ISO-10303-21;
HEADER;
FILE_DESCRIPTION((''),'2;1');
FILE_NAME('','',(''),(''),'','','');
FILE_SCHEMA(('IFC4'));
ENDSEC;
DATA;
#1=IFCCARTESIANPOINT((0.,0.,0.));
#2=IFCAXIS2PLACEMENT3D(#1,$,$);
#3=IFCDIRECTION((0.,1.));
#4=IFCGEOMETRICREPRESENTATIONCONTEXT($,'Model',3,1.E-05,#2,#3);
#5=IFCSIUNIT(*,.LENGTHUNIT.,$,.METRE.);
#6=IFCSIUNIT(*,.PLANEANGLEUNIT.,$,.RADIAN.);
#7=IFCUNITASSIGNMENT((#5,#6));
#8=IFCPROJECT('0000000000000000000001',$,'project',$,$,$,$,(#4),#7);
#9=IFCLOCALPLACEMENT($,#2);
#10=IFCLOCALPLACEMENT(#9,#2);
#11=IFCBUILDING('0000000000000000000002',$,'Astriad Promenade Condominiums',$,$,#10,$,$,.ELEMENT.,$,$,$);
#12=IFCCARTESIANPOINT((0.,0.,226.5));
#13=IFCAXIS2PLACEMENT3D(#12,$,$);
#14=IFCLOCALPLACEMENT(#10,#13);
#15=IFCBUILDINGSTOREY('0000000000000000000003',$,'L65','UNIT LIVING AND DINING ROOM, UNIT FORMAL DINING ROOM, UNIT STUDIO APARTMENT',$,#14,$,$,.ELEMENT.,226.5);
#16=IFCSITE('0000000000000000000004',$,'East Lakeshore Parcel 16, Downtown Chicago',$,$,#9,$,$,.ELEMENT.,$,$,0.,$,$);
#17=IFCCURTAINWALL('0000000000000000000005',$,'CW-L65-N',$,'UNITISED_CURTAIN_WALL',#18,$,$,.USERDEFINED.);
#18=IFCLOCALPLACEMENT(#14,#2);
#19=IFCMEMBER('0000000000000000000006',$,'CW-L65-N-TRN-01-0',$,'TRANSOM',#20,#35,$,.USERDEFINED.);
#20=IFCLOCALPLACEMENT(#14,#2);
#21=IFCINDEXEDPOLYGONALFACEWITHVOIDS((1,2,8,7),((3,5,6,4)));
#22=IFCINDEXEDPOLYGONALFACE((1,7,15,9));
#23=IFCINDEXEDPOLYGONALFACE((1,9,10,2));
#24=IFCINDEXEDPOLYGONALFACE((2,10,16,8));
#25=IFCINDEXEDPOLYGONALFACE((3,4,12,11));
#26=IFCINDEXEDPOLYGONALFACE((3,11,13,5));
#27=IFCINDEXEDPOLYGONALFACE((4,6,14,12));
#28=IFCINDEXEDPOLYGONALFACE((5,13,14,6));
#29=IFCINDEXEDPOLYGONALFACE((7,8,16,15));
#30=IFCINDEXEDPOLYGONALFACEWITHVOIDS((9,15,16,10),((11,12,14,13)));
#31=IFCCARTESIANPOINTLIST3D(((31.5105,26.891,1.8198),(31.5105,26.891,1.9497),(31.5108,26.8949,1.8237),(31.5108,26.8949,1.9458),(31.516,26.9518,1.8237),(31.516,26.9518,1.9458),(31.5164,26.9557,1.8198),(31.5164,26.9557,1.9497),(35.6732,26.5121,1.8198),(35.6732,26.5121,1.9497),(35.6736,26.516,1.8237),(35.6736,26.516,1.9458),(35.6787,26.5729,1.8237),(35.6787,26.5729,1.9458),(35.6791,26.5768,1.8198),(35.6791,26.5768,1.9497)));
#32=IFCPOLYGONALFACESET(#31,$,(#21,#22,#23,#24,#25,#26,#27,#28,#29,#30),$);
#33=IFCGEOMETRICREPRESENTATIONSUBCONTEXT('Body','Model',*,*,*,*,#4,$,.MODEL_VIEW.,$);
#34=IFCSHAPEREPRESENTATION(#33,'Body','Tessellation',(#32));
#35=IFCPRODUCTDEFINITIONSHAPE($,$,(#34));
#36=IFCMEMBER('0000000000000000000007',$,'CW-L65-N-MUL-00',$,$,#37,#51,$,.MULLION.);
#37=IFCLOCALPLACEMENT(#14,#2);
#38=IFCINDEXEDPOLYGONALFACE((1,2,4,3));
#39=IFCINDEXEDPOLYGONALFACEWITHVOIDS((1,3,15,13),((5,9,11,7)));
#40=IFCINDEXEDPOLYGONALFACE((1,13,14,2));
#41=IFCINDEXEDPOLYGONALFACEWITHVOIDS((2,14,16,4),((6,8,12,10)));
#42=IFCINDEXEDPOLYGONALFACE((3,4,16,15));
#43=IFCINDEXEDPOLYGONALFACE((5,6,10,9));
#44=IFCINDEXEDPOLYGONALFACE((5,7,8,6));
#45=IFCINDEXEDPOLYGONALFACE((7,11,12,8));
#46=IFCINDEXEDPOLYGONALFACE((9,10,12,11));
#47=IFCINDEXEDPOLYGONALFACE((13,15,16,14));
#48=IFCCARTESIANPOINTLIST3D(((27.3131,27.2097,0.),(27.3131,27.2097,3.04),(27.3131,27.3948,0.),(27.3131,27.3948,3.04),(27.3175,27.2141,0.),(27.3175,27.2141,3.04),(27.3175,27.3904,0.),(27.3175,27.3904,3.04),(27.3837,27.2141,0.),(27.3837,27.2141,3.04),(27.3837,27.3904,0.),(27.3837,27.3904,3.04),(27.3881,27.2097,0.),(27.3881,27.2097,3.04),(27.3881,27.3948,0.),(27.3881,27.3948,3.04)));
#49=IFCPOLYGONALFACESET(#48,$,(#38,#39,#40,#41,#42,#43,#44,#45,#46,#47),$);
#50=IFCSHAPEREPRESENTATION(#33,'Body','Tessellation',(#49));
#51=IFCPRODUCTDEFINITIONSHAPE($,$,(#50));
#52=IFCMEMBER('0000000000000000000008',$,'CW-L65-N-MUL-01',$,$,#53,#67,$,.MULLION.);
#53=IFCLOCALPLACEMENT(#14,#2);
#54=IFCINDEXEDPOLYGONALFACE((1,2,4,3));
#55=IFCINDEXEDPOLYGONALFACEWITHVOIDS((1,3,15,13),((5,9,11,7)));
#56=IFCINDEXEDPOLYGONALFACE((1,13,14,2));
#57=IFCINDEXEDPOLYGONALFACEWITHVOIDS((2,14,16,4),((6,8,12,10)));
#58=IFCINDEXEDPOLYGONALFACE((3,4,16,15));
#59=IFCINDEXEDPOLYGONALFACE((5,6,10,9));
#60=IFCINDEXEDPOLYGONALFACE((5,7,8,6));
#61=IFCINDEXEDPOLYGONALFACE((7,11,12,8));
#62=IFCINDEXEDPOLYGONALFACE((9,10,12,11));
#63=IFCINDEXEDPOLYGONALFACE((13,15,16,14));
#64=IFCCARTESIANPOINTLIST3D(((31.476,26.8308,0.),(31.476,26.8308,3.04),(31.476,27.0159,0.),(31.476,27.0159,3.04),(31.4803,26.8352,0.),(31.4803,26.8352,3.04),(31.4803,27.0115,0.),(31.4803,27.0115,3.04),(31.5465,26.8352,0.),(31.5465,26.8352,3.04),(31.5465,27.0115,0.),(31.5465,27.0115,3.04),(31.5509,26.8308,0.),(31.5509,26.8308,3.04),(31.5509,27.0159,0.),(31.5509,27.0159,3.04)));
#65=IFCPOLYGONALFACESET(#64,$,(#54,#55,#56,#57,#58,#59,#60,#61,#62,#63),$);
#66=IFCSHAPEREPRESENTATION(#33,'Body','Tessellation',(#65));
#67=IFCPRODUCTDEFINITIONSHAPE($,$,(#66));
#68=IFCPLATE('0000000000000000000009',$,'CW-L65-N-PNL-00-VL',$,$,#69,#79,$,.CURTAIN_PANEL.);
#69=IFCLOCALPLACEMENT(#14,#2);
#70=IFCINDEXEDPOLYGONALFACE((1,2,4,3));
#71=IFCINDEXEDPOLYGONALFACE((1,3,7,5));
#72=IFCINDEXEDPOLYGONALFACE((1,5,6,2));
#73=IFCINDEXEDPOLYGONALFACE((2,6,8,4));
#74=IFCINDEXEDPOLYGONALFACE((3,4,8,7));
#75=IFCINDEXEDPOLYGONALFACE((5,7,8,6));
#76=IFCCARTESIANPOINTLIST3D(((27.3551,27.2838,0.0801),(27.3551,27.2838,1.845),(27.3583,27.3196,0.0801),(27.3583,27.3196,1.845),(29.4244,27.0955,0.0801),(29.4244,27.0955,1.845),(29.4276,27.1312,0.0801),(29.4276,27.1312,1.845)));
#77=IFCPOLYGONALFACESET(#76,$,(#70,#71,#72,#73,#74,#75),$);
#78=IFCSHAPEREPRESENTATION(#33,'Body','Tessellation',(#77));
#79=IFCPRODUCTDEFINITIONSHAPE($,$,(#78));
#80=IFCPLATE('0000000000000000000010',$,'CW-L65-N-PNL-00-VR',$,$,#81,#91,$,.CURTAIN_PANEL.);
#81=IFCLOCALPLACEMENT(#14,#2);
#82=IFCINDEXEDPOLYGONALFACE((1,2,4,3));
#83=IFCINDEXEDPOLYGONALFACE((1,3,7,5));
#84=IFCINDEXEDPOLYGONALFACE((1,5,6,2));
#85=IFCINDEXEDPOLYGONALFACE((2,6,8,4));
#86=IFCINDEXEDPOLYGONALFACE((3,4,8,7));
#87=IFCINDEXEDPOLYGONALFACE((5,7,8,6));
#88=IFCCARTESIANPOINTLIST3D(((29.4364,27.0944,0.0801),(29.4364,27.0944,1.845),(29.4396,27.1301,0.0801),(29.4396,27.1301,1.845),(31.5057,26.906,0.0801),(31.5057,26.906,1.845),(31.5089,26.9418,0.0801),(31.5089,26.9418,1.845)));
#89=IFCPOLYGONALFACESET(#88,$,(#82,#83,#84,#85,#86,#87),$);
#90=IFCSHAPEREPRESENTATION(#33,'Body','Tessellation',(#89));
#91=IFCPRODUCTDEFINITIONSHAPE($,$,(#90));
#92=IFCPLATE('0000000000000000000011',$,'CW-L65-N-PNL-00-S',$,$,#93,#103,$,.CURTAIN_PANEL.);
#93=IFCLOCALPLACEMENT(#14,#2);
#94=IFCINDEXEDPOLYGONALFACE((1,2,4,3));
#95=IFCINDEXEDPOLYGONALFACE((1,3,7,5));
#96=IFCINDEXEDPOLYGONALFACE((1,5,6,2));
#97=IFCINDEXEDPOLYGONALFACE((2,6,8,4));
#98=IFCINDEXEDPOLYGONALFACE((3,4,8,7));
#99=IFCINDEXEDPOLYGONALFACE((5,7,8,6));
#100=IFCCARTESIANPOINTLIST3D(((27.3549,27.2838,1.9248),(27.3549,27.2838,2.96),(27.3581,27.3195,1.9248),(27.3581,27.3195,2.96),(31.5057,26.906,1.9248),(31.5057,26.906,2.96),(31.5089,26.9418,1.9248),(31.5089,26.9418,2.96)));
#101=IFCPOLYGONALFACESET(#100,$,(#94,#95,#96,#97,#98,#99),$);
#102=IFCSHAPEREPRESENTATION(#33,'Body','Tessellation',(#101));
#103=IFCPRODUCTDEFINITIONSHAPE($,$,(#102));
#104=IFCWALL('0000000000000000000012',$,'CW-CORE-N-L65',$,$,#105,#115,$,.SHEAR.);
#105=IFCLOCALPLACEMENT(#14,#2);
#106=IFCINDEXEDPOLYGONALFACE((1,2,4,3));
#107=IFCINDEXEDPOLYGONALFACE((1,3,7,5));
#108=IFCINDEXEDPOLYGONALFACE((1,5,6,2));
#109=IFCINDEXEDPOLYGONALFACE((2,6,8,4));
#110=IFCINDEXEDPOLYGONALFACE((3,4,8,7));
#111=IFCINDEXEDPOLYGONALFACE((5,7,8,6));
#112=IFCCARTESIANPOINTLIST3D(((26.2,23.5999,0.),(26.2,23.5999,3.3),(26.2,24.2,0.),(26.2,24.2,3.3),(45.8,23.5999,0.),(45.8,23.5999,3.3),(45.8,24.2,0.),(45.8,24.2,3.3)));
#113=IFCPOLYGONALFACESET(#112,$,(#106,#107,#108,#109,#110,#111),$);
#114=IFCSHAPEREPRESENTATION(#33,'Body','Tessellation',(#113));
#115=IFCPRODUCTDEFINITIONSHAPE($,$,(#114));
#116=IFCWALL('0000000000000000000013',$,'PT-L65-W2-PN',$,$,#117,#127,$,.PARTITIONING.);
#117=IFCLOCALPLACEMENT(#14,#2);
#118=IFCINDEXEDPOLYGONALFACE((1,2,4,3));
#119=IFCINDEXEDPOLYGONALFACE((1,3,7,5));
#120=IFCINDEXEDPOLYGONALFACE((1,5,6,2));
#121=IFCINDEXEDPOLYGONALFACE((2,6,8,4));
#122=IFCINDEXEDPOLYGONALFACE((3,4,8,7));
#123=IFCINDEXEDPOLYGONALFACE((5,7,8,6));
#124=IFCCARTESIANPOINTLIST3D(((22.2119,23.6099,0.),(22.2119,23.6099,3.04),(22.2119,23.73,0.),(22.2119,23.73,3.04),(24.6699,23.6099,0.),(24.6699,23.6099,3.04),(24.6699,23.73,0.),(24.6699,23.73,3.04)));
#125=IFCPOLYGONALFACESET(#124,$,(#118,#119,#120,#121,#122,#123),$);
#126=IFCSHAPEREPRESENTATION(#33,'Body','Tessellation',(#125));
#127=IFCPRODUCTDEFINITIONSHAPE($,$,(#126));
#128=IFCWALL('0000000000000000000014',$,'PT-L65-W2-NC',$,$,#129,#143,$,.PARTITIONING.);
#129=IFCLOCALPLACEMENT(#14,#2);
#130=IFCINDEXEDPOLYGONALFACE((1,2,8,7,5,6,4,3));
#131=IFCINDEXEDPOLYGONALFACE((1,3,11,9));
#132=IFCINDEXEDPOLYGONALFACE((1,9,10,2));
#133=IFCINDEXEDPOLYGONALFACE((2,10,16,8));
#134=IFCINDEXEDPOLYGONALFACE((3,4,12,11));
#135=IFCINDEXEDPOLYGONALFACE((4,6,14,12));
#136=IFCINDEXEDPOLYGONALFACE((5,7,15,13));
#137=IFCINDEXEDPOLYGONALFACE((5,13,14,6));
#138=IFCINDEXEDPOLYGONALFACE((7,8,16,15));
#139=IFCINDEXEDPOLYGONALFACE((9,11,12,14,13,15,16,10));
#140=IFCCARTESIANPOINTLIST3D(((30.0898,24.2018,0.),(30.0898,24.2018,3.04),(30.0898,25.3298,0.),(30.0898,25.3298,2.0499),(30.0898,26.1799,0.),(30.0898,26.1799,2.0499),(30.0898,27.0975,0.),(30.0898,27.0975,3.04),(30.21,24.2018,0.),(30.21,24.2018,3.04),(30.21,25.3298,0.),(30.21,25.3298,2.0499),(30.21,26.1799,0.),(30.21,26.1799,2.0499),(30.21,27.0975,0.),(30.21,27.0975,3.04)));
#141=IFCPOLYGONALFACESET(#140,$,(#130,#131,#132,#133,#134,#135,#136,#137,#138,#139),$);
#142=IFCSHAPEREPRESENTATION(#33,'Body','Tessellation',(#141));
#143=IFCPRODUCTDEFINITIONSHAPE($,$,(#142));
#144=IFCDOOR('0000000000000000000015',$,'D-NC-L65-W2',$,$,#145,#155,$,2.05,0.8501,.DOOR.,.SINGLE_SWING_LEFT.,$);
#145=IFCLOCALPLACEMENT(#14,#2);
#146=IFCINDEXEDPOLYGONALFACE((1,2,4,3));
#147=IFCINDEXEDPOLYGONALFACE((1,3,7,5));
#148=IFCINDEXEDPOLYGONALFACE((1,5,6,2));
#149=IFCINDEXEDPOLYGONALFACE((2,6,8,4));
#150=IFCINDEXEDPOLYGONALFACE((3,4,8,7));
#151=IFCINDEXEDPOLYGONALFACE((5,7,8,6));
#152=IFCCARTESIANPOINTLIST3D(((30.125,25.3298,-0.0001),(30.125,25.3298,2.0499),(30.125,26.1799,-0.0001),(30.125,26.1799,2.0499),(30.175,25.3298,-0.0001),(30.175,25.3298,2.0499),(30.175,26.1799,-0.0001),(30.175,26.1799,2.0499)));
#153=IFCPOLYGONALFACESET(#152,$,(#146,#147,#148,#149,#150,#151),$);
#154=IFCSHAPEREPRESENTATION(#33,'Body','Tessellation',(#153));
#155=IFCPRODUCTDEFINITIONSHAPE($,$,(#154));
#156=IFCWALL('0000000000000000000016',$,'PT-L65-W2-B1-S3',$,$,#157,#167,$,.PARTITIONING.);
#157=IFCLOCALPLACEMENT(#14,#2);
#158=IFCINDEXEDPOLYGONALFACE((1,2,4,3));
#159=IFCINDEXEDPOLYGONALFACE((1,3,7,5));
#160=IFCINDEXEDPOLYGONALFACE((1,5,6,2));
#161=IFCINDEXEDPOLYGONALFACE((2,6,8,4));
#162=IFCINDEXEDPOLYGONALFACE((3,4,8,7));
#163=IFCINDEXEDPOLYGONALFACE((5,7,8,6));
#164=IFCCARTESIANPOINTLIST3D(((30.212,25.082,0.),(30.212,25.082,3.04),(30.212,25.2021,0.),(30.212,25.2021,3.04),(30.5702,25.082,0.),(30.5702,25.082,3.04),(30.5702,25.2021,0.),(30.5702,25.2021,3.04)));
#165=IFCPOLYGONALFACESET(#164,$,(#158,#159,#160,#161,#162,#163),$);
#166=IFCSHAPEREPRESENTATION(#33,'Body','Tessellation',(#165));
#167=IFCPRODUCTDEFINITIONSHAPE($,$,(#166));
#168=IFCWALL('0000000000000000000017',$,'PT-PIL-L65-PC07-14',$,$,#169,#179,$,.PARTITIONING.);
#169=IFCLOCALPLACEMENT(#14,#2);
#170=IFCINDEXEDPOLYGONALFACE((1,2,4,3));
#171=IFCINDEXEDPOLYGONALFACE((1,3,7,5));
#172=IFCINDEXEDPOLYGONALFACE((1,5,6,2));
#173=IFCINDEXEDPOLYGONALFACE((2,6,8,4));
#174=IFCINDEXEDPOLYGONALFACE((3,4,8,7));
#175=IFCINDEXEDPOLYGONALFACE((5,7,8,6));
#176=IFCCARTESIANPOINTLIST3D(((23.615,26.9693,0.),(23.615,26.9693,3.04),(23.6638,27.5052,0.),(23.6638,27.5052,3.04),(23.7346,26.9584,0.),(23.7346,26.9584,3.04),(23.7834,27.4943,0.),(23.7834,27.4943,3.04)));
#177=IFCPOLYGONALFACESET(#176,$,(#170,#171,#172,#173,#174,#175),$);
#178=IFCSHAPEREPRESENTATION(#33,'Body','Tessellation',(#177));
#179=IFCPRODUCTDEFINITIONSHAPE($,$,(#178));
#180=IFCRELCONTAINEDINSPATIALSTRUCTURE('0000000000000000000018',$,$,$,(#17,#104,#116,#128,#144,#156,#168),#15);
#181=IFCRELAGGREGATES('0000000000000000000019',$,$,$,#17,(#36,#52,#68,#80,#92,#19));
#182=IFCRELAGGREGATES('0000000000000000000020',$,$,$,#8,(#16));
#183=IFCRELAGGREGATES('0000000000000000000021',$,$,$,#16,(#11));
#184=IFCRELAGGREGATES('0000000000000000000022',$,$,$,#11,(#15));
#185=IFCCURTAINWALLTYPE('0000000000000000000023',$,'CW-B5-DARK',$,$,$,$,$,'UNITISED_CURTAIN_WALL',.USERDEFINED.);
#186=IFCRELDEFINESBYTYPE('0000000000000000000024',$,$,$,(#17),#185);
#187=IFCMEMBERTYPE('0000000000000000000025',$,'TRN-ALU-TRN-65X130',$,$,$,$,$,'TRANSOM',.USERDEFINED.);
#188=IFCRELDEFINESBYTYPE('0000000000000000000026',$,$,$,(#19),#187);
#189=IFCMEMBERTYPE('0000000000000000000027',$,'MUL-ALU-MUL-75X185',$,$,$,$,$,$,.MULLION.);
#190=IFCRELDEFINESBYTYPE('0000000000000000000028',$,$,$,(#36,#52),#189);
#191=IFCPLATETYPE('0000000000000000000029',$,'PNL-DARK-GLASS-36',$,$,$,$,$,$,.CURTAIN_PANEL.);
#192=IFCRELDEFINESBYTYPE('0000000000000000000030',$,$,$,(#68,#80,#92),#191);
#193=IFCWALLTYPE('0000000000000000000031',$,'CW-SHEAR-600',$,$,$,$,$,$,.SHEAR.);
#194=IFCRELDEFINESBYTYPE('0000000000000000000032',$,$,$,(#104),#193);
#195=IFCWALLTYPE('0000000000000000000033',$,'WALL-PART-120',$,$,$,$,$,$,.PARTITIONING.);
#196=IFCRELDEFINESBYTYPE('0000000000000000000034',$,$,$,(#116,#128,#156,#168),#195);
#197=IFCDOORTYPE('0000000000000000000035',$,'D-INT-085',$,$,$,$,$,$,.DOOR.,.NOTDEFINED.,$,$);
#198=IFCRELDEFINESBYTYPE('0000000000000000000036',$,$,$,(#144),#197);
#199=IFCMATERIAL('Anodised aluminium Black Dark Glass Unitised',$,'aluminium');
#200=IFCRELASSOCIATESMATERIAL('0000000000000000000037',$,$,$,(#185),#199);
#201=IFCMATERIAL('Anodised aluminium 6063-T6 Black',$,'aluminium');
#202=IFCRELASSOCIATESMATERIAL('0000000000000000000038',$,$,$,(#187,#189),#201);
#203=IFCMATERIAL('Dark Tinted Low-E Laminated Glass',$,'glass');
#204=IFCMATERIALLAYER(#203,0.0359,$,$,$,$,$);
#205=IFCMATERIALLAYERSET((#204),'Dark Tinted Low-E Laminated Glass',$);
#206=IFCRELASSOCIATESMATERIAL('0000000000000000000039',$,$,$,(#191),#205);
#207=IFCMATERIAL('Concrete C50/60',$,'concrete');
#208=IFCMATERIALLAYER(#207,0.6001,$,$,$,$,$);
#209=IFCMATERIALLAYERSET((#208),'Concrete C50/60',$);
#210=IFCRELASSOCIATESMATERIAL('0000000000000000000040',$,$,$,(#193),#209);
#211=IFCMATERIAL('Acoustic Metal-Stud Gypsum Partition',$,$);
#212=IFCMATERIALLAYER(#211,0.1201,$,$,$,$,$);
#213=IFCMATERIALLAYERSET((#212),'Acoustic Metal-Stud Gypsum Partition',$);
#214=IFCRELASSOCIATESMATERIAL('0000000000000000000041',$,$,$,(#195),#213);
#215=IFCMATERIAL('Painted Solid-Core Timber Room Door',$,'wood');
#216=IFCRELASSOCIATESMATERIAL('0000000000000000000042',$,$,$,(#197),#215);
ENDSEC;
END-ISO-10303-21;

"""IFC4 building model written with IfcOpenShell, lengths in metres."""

from ifc_helpers import new_model, si_unit, direction, frame, frame_2d, origin, origin_2d, place, context, subcontext, project, spatial, rectangle, hollow_rectangle, extrude, source, transform, mapped, material, layer, layer_set, material_profile, profile_set, type_object, type_shapes, element, fill, aggregate, save


model = new_model("IFC4")

# Units and contexts
model_context = context("Model", 3, precision=1e-05, world=origin(), true_north=direction((0.0, 1.0)))
body_context = subcontext(model_context, "Body", "Model", "MODEL_VIEW")
ifc_project = project(units=[si_unit("LENGTHUNIT", "METRE"), si_unit("PLANEANGLEUNIT", "RADIAN")], contexts=[model_context])

# Site, building, storey
site_placement = place(None, origin())
site = spatial("IfcSite", under=ifc_project, at=site_placement, Name="East Lakeshore Parcel 16, Downtown Chicago", CompositionType="ELEMENT", RefElevation=0.0)
building_placement = place(site_placement, origin())
building = spatial("IfcBuilding", under=site, at=building_placement, Name="Astriad Promenade Condominiums", CompositionType="ELEMENT")
storey_placement = place(building_placement, frame((0.0, 0.0, 226.5)))
storey = spatial("IfcBuildingStorey", under=building, at=storey_placement, Name="L65", Description="UNIT LIVING AND DINING ROOM, UNIT FORMAL DINING ROOM, UNIT STUDIO APARTMENT", CompositionType="ELEMENT", Elevation=226.5)

# Shared definitions
ifc_material_1 = material(Name="Concrete C50/60", Category="concrete")

# Curtain wall, members, plates
ifc_material_2 = material(Name="Anodised aluminium Black Dark Glass Unitised", Category="aluminium")
curtain_wall_type = type_object("IfcCurtainWallType", Name="CW-B5-DARK", ElementType="UNITISED_CURTAIN_WALL", PredefinedType="USERDEFINED", material=ifc_material_2)
curtain_wall_placement = place(storey_placement, origin())
curtain_wall = element("IfcCurtainWall", 1, at=curtain_wall_placement, inside=storey, type_object=curtain_wall_type, Name="CW-L65-N", ObjectType="UNITISED_CURTAIN_WALL", PredefinedType="USERDEFINED")
ifc_material_3 = material(Name="Anodised aluminium 6063-T6 Black", Category="aluminium")
ifc_material_profile_1 = material_profile(ifc_material_3, hollow_rectangle(XDim=0.0649, YDim=0.1299, WallThickness=0.0039, at=origin_2d()), Name="ALU-TRN-65X130")
ifc_profile_set_1 = profile_set([ifc_material_profile_1], Name="Anodised aluminium 6063-T6 Black")
member_type_1 = type_object("IfcMemberType", Name="TRN-ALU-TRN-65X130", ElementType="TRANSOM", PredefinedType="USERDEFINED", material=ifc_profile_set_1)
shared_shape_1 = source(origin(), body_context, "Body", "SweptSolid", [
    extrude(hollow_rectangle(XDim=0.0649, YDim=0.1299, WallThickness=0.0039, at=origin_2d()), origin(), (0.0, 0.0, 1.0), 4.1799),
])
type_shapes(member_type_1, [shared_shape_1])
member_1_placement = place(storey_placement, frame((31.5134, 26.9233, 1.8848), z_axis=(0.995883, -0.090646, 0.0), x_axis=(0.090646, 0.995883, 0.0)))
member_1 = element("IfcMember", 2, at=member_1_placement, type_object=member_type_1, Name="CW-L65-N-TRN-01-0", ObjectType="TRANSOM", PredefinedType="USERDEFINED", context=body_context, shape_type="MappedRepresentation", body=[
    mapped(shared_shape_1, transform((0.0, 0.0, 0.0), scale=1.0)),
])
ifc_material_profile_2 = material_profile(ifc_material_3, hollow_rectangle(XDim=0.075, YDim=0.1851, WallThickness=0.0044, at=origin_2d()), Name="ALU-MUL-75X185")
ifc_profile_set_2 = profile_set([ifc_material_profile_2], Name="Anodised aluminium 6063-T6 Black")
member_type_2 = type_object("IfcMemberType", Name="MUL-ALU-MUL-75X185", PredefinedType="MULLION", material=ifc_profile_set_2)
shared_shape_2 = source(origin(), body_context, "Body", "SweptSolid", [
    extrude(hollow_rectangle(XDim=0.075, YDim=0.1851, WallThickness=0.0044, at=origin_2d()), origin(), (0.0, 0.0, 1.0), 3.04),
])
type_shapes(member_type_2, [shared_shape_2])
member_2_placement = place(storey_placement, frame((27.3506, 27.3022, 0.0), z_axis=(0.0, 0.0, 1.0), x_axis=(1.0, 0.0, 0.0)))
member_2 = element("IfcMember", 3, at=member_2_placement, type_object=member_type_2, Name="CW-L65-N-MUL-00", PredefinedType="MULLION", context=body_context, shape_type="MappedRepresentation", body=[
    mapped(shared_shape_2, transform((0.0, 0.0, 0.0), scale=1.0)),
])
member_3_placement = place(storey_placement, frame((31.5134, 26.9233, 0.0), z_axis=(0.0, 0.0, 1.0), x_axis=(1.0, 0.0, 0.0)))
member_3 = element("IfcMember", 4, at=member_3_placement, type_object=member_type_2, Name="CW-L65-N-MUL-01", PredefinedType="MULLION", context=body_context, shape_type="MappedRepresentation", body=[
    mapped(shared_shape_2, transform((0.0, 0.0, 0.0), scale=1.0)),
])
ifc_material_4 = material(Name="Dark Tinted Low-E Laminated Glass", Category="glass")
ifc_layer_1 = layer(ifc_material_4, 0.0359)
ifc_layer_set_1 = layer_set([ifc_layer_1], Name="Dark Tinted Low-E Laminated Glass")
plate_type = type_object("IfcPlateType", Name="PNL-DARK-GLASS-36", PredefinedType="CURTAIN_PANEL", material=ifc_layer_set_1)
shared_shape_3 = source(origin(), body_context, "Body", "SweptSolid", [
    extrude(rectangle(XDim=2.0779, YDim=0.0359, at=origin_2d()), origin(), (0.0, 0.0, 1.0), 1.7649),
])
plate_1_placement = place(storey_placement, frame((28.3914, 27.2075, 0.0801), z_axis=(0.0, 0.0, 1.0), x_axis=(0.995884, -0.090633, 0.0)))
plate_1 = element("IfcPlate", 5, at=plate_1_placement, type_object=plate_type, Name="CW-L65-N-PNL-00-VL", PredefinedType="CURTAIN_PANEL", context=body_context, shape_type="MappedRepresentation", body=[
    mapped(shared_shape_3, transform((0.0, 0.0, 0.0), scale=1.0)),
])
plate_2_placement = place(storey_placement, frame((30.4727, 27.0181, 0.0801), z_axis=(0.0, 0.0, 1.0), x_axis=(0.995884, -0.090633, 0.0)))
plate_2 = element("IfcPlate", 6, at=plate_2_placement, type_object=plate_type, Name="CW-L65-N-PNL-00-VR", PredefinedType="CURTAIN_PANEL", context=body_context, shape_type="MappedRepresentation", body=[
    mapped(shared_shape_3, transform((0.0, 0.0, 0.0), scale=1.0)),
])
shared_shape_4 = source(origin(), body_context, "Body", "SweptSolid", [
    extrude(rectangle(XDim=4.168, YDim=0.0359, at=origin_2d()), origin(), (0.0, 0.0, 1.0), 1.0352),
])
type_shapes(plate_type, [shared_shape_3, shared_shape_4])
plate_3_placement = place(storey_placement, frame((29.4319, 27.1128, 1.9248), z_axis=(0.0, 0.0, 1.0), x_axis=(0.995884, -0.090633, 0.0)))
plate_3 = element("IfcPlate", 7, at=plate_3_placement, type_object=plate_type, Name="CW-L65-N-PNL-00-S", PredefinedType="CURTAIN_PANEL", context=body_context, shape_type="MappedRepresentation", body=[
    mapped(shared_shape_4, transform((0.0, 0.0, 0.0), scale=1.0)),
])
aggregate(curtain_wall, [member_2, member_3, plate_1, plate_2, plate_3, member_1])

# Walls
ifc_layer_2 = layer(ifc_material_1, 0.6001)
ifc_layer_set_2 = layer_set([ifc_layer_2], Name="Concrete C50/60")
wall_type_1 = type_object("IfcWallType", Name="CW-SHEAR-600", PredefinedType="SHEAR", material=ifc_layer_set_2)
wall_1_placement = place(storey_placement, frame((26.2, 23.8999, 0.0), z_axis=(0.0, 0.0, 1.0), x_axis=(1.0, 0.0, 0.0)))
element("IfcWall", 8, at=wall_1_placement, inside=storey, type_object=wall_type_1, Name="CW-CORE-N-L65", PredefinedType="SHEAR", context=body_context, shape_type="SweptSolid", body=[
    extrude(rectangle(XDim=19.6001, YDim=0.6001, at=frame_2d((9.8, 0.0))), origin(), (0.0, 0.0, 1.0), 3.3),
])
ifc_material_5 = material(Name="Acoustic Metal-Stud Gypsum Partition")
ifc_layer_3 = layer(ifc_material_5, 0.1201)
ifc_layer_set_3 = layer_set([ifc_layer_3], Name="Acoustic Metal-Stud Gypsum Partition")
wall_type_2 = type_object("IfcWallType", Name="WALL-PART-120", PredefinedType="PARTITIONING", material=ifc_layer_set_3)
wall_2_placement = place(storey_placement, frame((22.2119, 23.6699, 0.0), z_axis=(0.0, 0.0, 1.0), x_axis=(1.0, 0.0, 0.0)))
element("IfcWall", 9, at=wall_2_placement, inside=storey, type_object=wall_type_2, Name="PT-L65-W2-PN", PredefinedType="PARTITIONING", context=body_context, shape_type="SweptSolid", body=[
    extrude(rectangle(XDim=2.458, YDim=0.1201, at=frame_2d((1.229, 0.0))), origin(), (0.0, 0.0, 1.0), 3.04),
])

# Wall, opening, door
wall_3_placement = place(storey_placement, frame((30.1499, 24.2019, 0.0), z_axis=(0.0, 0.0, 1.0), x_axis=(0.0, 1.0, 0.0)))
wall_3 = element("IfcWall", 10, at=wall_3_placement, inside=storey, type_object=wall_type_2, Name="PT-L65-W2-NC", PredefinedType="PARTITIONING", context=body_context, shape_type="SweptSolid", body=[
    extrude(rectangle(XDim=2.8958, YDim=0.1201, at=frame_2d((1.4478, 0.0))), origin(), (0.0, 0.0, 1.0), 3.04),
])
opening_placement = place(wall_3_placement, frame((1.1279, 0.0, 0.0)))
opening = element("IfcOpeningElement", 11, at=opening_placement, cuts=wall_3, PredefinedType="OPENING", context=body_context, shape_type="SweptSolid", body=[
    extrude(rectangle(XDim=0.8501, YDim=2.05, at=frame_2d((0.425, 1.0249))), frame((0.0, 0.0701, 0.0), z_axis=(0.0, -1.0, 0.0), x_axis=(1.0, 0.0, 0.0)), (0.0, 0.0, 1.0), 0.1401),
])
ifc_material_6 = material(Name="Painted Solid-Core Timber Room Door", Category="wood")
door_type = type_object("IfcDoorType", Name="D-INT-085", OperationType="NOTDEFINED", PredefinedType="DOOR", material=ifc_material_6)
shared_shape_5 = source(origin(), body_context, "Body", "SweptSolid", [
    extrude(rectangle(XDim=0.8501, YDim=2.05, at=frame_2d((0.425, 1.0249))), frame((0.0, 0.0249, 0.0), z_axis=(0.0, -1.0, 0.0), x_axis=(1.0, 0.0, 0.0)), (0.0, 0.0, 1.0), 0.05),
])
type_shapes(door_type, [shared_shape_5])
door_placement = place(opening_placement, origin())
door = element("IfcDoor", 12, at=door_placement, inside=storey, type_object=door_type, Name="D-NC-L65-W2", OperationType="SINGLE_SWING_LEFT", OverallHeight=2.05, OverallWidth=0.8501, PredefinedType="DOOR", context=body_context, shape_type="MappedRepresentation", body=[
    mapped(shared_shape_5, transform((0.0, 0.0, 0.0), scale=1.0)),
])
fill(opening, door)

# Walls
wall_4_placement = place(storey_placement, frame((30.2119, 25.1421, 0.0), z_axis=(0.0, 0.0, 1.0), x_axis=(1.0, 0.0, 0.0)))
element("IfcWall", 13, at=wall_4_placement, inside=storey, type_object=wall_type_2, Name="PT-L65-W2-B1-S3", PredefinedType="PARTITIONING", context=body_context, shape_type="SweptSolid", body=[
    extrude(rectangle(XDim=0.3582, YDim=0.1201, at=frame_2d((0.1792, 0.0))), origin(), (0.0, 0.0, 1.0), 3.04),
])
wall_5_placement = place(storey_placement, frame((23.6748, 26.9639, 0.0), z_axis=(0.0, 0.0, 1.0), x_axis=(0.09074, 0.995875, 0.0)))
element("IfcWall", 14, at=wall_5_placement, inside=storey, type_object=wall_type_2, Name="PT-PIL-L65-PC07-14", PredefinedType="PARTITIONING", context=body_context, shape_type="SweptSolid", body=[
    extrude(rectangle(XDim=0.5381, YDim=0.1201, at=frame_2d((0.269, 0.0))), origin(), (0.0, 0.0, 1.0), 3.04),
])

save(model, "model.ifc")
